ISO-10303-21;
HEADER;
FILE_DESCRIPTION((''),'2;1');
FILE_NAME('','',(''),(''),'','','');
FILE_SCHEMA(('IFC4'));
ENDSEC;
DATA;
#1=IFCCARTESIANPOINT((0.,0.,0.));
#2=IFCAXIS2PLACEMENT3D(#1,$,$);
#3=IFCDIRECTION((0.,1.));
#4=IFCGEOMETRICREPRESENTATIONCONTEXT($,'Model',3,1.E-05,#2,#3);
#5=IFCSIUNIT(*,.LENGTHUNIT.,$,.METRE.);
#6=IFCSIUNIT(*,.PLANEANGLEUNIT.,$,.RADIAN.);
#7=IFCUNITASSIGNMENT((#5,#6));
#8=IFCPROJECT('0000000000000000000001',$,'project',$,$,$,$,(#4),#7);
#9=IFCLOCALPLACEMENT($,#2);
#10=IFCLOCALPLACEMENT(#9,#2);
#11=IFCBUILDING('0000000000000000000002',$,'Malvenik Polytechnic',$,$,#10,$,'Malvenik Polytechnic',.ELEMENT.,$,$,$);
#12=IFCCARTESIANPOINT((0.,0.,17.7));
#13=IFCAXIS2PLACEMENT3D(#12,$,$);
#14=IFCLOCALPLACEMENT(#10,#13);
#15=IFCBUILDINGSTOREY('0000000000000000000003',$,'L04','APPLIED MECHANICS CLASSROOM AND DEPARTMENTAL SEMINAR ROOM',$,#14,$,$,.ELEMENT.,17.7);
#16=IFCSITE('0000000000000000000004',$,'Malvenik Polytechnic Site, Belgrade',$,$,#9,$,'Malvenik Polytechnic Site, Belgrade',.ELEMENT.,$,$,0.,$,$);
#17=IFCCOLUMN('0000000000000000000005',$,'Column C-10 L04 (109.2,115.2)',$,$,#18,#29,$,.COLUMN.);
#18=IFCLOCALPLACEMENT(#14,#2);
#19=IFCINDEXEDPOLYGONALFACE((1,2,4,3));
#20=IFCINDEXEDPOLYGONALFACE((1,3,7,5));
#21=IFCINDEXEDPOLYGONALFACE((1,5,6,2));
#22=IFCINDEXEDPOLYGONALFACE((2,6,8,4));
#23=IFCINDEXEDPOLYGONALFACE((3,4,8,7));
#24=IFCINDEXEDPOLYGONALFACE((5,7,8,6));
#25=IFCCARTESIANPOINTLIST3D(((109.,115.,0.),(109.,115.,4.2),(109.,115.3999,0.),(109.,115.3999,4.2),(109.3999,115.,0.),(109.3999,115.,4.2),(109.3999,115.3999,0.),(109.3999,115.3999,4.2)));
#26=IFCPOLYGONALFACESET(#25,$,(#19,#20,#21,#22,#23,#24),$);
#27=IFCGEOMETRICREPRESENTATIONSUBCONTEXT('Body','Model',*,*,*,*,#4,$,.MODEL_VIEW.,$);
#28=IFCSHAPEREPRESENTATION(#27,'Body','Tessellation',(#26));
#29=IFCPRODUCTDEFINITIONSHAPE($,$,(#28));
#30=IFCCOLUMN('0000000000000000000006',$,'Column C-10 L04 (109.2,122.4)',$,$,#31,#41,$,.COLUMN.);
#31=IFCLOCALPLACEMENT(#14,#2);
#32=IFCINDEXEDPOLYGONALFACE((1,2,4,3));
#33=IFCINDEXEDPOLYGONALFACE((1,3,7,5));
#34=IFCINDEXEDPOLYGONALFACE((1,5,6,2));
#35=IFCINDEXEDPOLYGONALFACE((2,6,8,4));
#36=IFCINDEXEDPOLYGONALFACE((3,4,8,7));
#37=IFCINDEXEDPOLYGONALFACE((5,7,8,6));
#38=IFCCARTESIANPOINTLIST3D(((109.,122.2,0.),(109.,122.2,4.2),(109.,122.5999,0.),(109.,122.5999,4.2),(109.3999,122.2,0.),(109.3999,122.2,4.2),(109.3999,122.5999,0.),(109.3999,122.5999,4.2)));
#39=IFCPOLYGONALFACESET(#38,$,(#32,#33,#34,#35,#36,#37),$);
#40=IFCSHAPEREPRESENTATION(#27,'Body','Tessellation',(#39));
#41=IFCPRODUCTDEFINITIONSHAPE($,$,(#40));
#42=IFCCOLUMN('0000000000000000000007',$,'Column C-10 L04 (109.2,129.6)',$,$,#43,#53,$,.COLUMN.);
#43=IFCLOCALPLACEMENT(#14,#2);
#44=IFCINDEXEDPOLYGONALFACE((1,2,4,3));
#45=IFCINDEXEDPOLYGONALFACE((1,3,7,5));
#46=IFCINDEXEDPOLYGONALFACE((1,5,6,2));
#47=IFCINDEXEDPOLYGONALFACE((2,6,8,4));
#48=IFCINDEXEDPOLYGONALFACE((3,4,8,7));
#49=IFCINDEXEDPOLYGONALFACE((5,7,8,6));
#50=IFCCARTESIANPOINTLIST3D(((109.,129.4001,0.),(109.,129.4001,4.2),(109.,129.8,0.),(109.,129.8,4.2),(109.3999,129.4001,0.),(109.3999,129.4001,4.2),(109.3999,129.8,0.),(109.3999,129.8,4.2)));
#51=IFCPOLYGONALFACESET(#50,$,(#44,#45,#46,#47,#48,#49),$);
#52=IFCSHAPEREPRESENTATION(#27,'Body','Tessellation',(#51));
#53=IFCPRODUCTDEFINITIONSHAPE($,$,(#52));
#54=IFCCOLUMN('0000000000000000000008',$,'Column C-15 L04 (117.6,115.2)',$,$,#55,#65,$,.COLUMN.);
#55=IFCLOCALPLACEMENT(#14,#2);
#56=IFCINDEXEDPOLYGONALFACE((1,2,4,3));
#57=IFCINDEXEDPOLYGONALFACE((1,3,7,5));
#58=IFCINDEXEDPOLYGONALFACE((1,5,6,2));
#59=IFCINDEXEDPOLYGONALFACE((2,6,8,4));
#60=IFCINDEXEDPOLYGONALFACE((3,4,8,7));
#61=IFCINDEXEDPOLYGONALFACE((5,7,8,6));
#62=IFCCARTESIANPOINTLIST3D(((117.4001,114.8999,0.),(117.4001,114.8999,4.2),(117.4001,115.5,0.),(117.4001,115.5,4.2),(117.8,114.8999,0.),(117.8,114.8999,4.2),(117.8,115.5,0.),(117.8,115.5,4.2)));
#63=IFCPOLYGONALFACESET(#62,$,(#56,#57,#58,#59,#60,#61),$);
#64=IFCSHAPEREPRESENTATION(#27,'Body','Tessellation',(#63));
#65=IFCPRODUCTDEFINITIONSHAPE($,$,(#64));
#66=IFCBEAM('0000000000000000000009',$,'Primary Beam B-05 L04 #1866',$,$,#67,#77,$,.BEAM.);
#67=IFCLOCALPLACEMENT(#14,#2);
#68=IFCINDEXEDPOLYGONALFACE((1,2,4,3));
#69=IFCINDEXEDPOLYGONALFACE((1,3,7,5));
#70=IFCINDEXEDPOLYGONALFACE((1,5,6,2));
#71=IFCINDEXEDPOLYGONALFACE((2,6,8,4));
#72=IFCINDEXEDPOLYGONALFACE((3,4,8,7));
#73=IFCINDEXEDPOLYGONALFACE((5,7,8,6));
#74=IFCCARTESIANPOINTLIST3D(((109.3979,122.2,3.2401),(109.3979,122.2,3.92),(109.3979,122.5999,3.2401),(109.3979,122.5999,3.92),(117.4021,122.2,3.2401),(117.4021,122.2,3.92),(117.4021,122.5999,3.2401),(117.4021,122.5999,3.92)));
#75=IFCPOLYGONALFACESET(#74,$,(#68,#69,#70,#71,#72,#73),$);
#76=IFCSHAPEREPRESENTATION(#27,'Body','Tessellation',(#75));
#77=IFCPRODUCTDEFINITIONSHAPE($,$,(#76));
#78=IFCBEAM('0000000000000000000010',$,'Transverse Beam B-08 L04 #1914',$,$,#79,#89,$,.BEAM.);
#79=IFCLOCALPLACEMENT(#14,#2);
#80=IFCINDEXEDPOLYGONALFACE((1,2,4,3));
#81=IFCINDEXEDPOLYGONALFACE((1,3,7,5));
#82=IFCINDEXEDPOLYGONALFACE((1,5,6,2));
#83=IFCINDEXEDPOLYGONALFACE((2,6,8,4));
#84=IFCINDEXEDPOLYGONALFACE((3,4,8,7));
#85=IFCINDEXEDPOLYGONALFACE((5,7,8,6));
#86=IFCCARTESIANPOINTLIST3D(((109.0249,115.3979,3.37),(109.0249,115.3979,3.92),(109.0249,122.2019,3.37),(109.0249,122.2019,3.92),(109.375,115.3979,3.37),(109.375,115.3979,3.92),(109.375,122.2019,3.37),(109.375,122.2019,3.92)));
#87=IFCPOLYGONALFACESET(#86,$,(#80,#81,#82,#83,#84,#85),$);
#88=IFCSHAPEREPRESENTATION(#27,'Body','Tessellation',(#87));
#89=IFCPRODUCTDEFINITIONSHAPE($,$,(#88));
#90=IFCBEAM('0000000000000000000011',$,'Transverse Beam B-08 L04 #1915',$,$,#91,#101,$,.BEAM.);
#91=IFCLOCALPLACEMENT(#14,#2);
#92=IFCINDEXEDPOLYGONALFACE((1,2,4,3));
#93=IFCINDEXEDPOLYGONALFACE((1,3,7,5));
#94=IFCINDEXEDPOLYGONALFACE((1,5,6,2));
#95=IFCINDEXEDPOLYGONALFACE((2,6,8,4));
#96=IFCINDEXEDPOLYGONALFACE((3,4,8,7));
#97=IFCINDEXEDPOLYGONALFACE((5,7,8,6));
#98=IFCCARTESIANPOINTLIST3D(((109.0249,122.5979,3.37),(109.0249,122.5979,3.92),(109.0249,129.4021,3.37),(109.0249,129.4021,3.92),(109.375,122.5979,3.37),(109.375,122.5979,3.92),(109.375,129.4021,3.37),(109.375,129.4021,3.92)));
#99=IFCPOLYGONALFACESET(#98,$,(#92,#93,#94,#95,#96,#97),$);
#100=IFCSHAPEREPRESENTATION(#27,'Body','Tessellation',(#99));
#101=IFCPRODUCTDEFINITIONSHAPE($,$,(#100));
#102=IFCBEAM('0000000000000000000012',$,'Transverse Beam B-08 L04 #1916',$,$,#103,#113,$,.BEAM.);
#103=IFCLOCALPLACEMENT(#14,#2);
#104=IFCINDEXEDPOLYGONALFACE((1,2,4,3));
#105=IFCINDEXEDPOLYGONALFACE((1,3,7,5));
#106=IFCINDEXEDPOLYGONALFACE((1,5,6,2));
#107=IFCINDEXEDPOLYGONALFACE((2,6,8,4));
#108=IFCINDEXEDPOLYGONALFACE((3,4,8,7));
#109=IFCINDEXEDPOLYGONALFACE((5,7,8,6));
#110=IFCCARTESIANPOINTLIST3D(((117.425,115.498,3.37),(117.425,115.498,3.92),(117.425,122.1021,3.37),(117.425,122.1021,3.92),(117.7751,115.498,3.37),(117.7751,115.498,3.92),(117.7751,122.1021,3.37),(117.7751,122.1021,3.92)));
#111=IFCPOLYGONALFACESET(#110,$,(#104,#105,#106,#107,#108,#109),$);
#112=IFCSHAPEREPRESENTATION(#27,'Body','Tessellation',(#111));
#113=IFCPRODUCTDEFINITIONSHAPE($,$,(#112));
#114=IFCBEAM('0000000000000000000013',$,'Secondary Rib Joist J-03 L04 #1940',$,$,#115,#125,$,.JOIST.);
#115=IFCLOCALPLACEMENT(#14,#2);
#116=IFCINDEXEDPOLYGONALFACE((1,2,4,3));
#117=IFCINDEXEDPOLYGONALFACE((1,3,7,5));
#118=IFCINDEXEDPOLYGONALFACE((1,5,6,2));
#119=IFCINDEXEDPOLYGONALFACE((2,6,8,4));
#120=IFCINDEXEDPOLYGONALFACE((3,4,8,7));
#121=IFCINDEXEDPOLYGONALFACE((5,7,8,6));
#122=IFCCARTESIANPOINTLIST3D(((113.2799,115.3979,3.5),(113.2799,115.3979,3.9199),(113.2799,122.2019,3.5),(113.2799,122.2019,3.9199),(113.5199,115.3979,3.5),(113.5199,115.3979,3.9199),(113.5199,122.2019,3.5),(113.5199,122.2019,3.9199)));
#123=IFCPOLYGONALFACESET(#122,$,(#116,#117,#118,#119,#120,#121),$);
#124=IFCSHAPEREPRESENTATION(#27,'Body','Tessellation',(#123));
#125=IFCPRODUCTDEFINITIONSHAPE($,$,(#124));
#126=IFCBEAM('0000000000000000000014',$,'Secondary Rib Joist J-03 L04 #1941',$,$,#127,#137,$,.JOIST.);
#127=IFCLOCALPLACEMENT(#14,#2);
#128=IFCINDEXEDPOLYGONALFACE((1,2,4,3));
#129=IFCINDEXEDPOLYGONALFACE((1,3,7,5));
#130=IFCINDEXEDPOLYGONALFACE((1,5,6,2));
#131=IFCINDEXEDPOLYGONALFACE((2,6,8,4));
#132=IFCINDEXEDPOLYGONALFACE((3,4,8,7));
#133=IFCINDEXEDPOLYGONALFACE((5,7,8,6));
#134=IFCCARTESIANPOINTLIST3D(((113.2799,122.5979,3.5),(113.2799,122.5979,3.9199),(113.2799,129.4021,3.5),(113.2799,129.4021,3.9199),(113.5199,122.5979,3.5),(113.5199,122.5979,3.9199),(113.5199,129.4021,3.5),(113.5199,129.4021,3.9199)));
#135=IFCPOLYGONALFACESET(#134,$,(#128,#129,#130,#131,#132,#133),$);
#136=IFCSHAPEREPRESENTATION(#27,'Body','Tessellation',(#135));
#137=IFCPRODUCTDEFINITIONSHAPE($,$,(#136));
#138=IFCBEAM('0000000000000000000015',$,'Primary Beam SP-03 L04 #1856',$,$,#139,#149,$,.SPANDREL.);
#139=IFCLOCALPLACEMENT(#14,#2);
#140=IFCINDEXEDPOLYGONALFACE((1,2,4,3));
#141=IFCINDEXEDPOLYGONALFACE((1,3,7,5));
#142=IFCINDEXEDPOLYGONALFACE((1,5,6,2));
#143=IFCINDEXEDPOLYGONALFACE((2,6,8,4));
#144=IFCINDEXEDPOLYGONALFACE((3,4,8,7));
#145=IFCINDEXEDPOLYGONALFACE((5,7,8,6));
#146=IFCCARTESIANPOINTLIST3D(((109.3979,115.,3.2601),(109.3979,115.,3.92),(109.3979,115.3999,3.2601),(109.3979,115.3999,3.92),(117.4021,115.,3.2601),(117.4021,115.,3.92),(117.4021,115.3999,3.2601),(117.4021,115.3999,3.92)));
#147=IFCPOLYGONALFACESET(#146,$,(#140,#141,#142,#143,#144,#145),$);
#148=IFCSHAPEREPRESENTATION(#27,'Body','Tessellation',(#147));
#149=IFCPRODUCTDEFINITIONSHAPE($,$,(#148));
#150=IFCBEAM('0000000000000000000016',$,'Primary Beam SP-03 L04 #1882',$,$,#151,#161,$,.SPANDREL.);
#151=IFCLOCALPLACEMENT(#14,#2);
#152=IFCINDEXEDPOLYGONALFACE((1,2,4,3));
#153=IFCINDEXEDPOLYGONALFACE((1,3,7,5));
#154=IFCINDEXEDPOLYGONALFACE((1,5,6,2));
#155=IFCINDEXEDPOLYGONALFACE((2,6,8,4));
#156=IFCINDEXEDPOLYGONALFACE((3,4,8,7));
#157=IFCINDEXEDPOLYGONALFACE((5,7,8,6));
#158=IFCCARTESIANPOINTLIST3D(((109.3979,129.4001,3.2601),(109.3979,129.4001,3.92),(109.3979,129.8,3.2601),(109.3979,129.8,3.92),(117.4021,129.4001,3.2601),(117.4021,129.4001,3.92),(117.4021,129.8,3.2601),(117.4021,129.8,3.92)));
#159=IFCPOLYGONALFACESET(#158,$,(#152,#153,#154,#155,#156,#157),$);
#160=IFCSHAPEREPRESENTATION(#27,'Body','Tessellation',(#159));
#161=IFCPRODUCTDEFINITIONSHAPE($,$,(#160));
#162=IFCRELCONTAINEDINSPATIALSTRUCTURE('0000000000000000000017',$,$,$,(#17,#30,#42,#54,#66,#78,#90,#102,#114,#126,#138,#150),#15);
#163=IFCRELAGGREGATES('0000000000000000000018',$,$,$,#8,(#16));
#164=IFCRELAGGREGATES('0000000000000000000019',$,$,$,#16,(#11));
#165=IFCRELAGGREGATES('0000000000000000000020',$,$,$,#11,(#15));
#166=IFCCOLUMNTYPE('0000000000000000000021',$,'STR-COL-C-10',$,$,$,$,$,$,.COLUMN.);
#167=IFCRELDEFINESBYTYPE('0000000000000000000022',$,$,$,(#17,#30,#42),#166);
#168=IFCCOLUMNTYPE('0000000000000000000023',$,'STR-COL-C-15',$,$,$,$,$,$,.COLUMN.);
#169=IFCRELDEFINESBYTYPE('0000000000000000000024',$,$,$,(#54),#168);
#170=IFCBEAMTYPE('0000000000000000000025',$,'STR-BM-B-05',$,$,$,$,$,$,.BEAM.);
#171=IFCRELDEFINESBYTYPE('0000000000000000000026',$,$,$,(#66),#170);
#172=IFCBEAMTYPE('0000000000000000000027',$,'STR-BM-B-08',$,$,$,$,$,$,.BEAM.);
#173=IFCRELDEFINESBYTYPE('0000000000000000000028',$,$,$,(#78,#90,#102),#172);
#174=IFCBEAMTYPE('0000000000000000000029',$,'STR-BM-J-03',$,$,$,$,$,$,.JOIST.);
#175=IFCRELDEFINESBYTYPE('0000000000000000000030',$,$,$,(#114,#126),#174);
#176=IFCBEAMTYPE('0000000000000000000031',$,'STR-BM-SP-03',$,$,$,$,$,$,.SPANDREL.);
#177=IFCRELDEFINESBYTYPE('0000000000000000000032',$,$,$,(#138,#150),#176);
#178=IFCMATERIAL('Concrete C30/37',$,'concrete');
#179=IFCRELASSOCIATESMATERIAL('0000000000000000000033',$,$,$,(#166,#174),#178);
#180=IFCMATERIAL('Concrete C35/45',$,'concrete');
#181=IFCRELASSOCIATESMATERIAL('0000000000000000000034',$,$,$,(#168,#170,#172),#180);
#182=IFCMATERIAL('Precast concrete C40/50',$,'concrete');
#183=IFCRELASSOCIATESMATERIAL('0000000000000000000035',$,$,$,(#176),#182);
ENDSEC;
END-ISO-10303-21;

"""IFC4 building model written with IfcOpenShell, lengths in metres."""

from ifc_helpers import new_model, si_unit, direction, frame, origin, origin_2d, place, context, subcontext, project, spatial, rectangle, extrude, material, material_profile, profile_set, type_object, element, save


model = new_model("IFC4")

# Units and contexts
model_context = context("Model", 3, precision=1e-05, world=origin(), true_north=direction((0.0, 1.0)))
body_context = subcontext(model_context, "Body", "Model", "MODEL_VIEW")
ifc_project = project(units=[si_unit("LENGTHUNIT", "METRE"), si_unit("PLANEANGLEUNIT", "RADIAN")], contexts=[model_context])

# Site, building, storey
site_placement = place(None, origin())
site = spatial("IfcSite", under=ifc_project, at=site_placement, Name="Malvenik Polytechnic Site, Belgrade", LongName="Malvenik Polytechnic Site, Belgrade", CompositionType="ELEMENT", RefElevation=0.0)
building_placement = place(site_placement, origin())
building = spatial("IfcBuilding", under=site, at=building_placement, Name="Malvenik Polytechnic", LongName="Malvenik Polytechnic", CompositionType="ELEMENT")
storey_placement = place(building_placement, frame((0.0, 0.0, 17.7)))
storey = spatial("IfcBuildingStorey", under=building, at=storey_placement, Name="L04", Description="APPLIED MECHANICS CLASSROOM AND DEPARTMENTAL SEMINAR ROOM", CompositionType="ELEMENT", Elevation=17.7)

# Columns
ifc_material_1 = material(Name="Concrete C30/37", Category="concrete")
ifc_material_profile_1 = material_profile(ifc_material_1, rectangle(XDim=0.3999, YDim=0.3999, at=origin_2d()), Name="RC COL 400x400")
ifc_profile_set_1 = profile_set([ifc_material_profile_1], Name="Concrete C30/37")
column_type_1 = type_object("IfcColumnType", Name="STR-COL-C-10", PredefinedType="COLUMN", material=ifc_profile_set_1)
for number, where, z_axis, x_axis, name in (
    (1, (109.2, 115.2, 0.0), (0.0, 0.0, 1.0), (1.0, 0.0, 0.0), "Column C-10 L04 (109.2,115.2)"),
    (2, (109.2, 122.3999, 0.0), (0.0, 0.0, 1.0), (1.0, 0.0, 0.0), "Column C-10 L04 (109.2,122.4)"),
    (3, (109.2, 129.6001, 0.0), (0.0, 0.0, 1.0), (1.0, 0.0, 0.0), "Column C-10 L04 (109.2,129.6)"),
):
    element("IfcColumn", number, at=place(storey_placement, frame(where, z_axis=z_axis, x_axis=x_axis)), inside=storey, type_object=column_type_1, Name=name, PredefinedType="COLUMN", context=body_context, shape_type="SweptSolid", body=[
        extrude(rectangle(XDim=0.3999, YDim=0.3999, at=origin_2d()), origin(), (0.0, 0.0, 1.0), 4.2),
    ])
ifc_material_2 = material(Name="Concrete C35/45", Category="concrete")
ifc_material_profile_2 = material_profile(ifc_material_2, rectangle(XDim=0.3999, YDim=0.6001, at=origin_2d()), Name="RC COL 600x400")
ifc_profile_set_2 = profile_set([ifc_material_profile_2], Name="Concrete C35/45")
column_type_2 = type_object("IfcColumnType", Name="STR-COL-C-15", PredefinedType="COLUMN", material=ifc_profile_set_2)
column_placement = place(storey_placement, frame((117.6001, 115.2, 0.0), z_axis=(0.0, 0.0, 1.0), x_axis=(1.0, 0.0, 0.0)))
element("IfcColumn", 4, at=column_placement, inside=storey, type_object=column_type_2, Name="Column C-15 L04 (117.6,115.2)", PredefinedType="COLUMN", context=body_context, shape_type="SweptSolid", body=[
    extrude(rectangle(XDim=0.3999, YDim=0.6001, at=origin_2d()), origin(), (0.0, 0.0, 1.0), 4.2),
])

# Beams
ifc_material_profile_3 = material_profile(ifc_material_2, rectangle(XDim=0.3999, YDim=0.6799, at=origin_2d()), Name="RC BM 400x680")
ifc_profile_set_3 = profile_set([ifc_material_profile_3], Name="Concrete C35/45")
beam_type_1 = type_object("IfcBeamType", Name="STR-BM-B-05", PredefinedType="BEAM", material=ifc_profile_set_3)
beam_1_placement = place(storey_placement, frame((109.3979, 122.3999, 3.5801), z_axis=(1.0, 0.0, 0.0), x_axis=(0.0, 1.0, 0.0)))
element("IfcBeam", 5, at=beam_1_placement, inside=storey, type_object=beam_type_1, Name="Primary Beam B-05 L04 #1866", PredefinedType="BEAM", context=body_context, shape_type="SweptSolid", body=[
    extrude(rectangle(XDim=0.3999, YDim=0.6799, at=origin_2d()), origin(), (0.0, 0.0, 1.0), 8.0042),
])
ifc_material_profile_4 = material_profile(ifc_material_2, rectangle(XDim=0.3501, YDim=0.55, at=origin_2d()), Name="RC BM 350x550")
ifc_profile_set_4 = profile_set([ifc_material_profile_4], Name="Concrete C35/45")
beam_type_2 = type_object("IfcBeamType", Name="STR-BM-B-08", PredefinedType="BEAM", material=ifc_profile_set_4)
beam_2_placement = place(storey_placement, frame((109.2, 115.3979, 3.645), z_axis=(0.0, 1.0, 0.0), x_axis=(-1.0, 0.0, 0.0)))
element("IfcBeam", 6, at=beam_2_placement, inside=storey, type_object=beam_type_2, Name="Transverse Beam B-08 L04 #1914", PredefinedType="BEAM", context=body_context, shape_type="SweptSolid", body=[
    extrude(rectangle(XDim=0.3501, YDim=0.55, at=origin_2d()), origin(), (0.0, 0.0, 1.0), 6.804),
])
beam_3_placement = place(storey_placement, frame((109.2, 122.5979, 3.645), z_axis=(0.0, 1.0, 0.0), x_axis=(-1.0, 0.0, 0.0)))
element("IfcBeam", 7, at=beam_3_placement, inside=storey, type_object=beam_type_2, Name="Transverse Beam B-08 L04 #1915", PredefinedType="BEAM", context=body_context, shape_type="SweptSolid", body=[
    extrude(rectangle(XDim=0.3501, YDim=0.55, at=origin_2d()), origin(), (0.0, 0.0, 1.0), 6.8042),
])
beam_4_placement = place(storey_placement, frame((117.6001, 115.498, 3.645), z_axis=(0.0, 1.0, 0.0), x_axis=(-1.0, 0.0, 0.0)))
element("IfcBeam", 8, at=beam_4_placement, inside=storey, type_object=beam_type_2, Name="Transverse Beam B-08 L04 #1916", PredefinedType="BEAM", context=body_context, shape_type="SweptSolid", body=[
    extrude(rectangle(XDim=0.3501, YDim=0.55, at=origin_2d()), origin(), (0.0, 0.0, 1.0), 6.604),
])
ifc_material_profile_5 = material_profile(ifc_material_1, rectangle(XDim=0.24, YDim=0.4199, at=origin_2d()), Name="RC JST 240x420")
ifc_profile_set_5 = profile_set([ifc_material_profile_5], Name="Concrete C30/37")
beam_type_3 = type_object("IfcBeamType", Name="STR-BM-J-03", PredefinedType="JOIST", material=ifc_profile_set_5)
beam_5_placement = place(storey_placement, frame((113.3999, 115.3979, 3.71), z_axis=(0.0, 1.0, 0.0), x_axis=(-1.0, 0.0, 0.0)))
element("IfcBeam", 9, at=beam_5_placement, inside=storey, type_object=beam_type_3, Name="Secondary Rib Joist J-03 L04 #1940", PredefinedType="JOIST", context=body_context, shape_type="SweptSolid", body=[
    extrude(rectangle(XDim=0.24, YDim=0.4199, at=origin_2d()), origin(), (0.0, 0.0, 1.0), 6.804),
])
beam_6_placement = place(storey_placement, frame((113.3999, 122.5979, 3.71), z_axis=(0.0, 1.0, 0.0), x_axis=(-1.0, 0.0, 0.0)))
element("IfcBeam", 10, at=beam_6_placement, inside=storey, type_object=beam_type_3, Name="Secondary Rib Joist J-03 L04 #1941", PredefinedType="JOIST", context=body_context, shape_type="SweptSolid", body=[
    extrude(rectangle(XDim=0.24, YDim=0.4199, at=origin_2d()), origin(), (0.0, 0.0, 1.0), 6.8042),
])
ifc_material_3 = material(Name="Precast concrete C40/50", Category="concrete")
ifc_material_profile_6 = material_profile(ifc_material_3, rectangle(XDim=0.3999, YDim=0.6599, at=origin_2d()), Name="PC SPN 400x660")
ifc_profile_set_6 = profile_set([ifc_material_profile_6], Name="Precast concrete C40/50")
beam_type_4 = type_object("IfcBeamType", Name="STR-BM-SP-03", PredefinedType="SPANDREL", material=ifc_profile_set_6)
for number, where, z_axis, x_axis, name in (
    (11, (109.3979, 115.2, 3.5901), (1.0, 0.0, 0.0), (0.0, 1.0, 0.0), "Primary Beam SP-03 L04 #1856"),
    (12, (109.3979, 129.6001, 3.5901), (1.0, 0.0, 0.0), (0.0, 1.0, 0.0), "Primary Beam SP-03 L04 #1882"),
):
    element("IfcBeam", number, at=place(storey_placement, frame(where, z_axis=z_axis, x_axis=x_axis)), inside=storey, type_object=beam_type_4, Name=name, PredefinedType="SPANDREL", context=body_context, shape_type="SweptSolid", body=[
        extrude(rectangle(XDim=0.3999, YDim=0.6599, at=origin_2d()), origin(), (0.0, 0.0, 1.0), 8.0042),
    ])

save(model, "model.ifc")
